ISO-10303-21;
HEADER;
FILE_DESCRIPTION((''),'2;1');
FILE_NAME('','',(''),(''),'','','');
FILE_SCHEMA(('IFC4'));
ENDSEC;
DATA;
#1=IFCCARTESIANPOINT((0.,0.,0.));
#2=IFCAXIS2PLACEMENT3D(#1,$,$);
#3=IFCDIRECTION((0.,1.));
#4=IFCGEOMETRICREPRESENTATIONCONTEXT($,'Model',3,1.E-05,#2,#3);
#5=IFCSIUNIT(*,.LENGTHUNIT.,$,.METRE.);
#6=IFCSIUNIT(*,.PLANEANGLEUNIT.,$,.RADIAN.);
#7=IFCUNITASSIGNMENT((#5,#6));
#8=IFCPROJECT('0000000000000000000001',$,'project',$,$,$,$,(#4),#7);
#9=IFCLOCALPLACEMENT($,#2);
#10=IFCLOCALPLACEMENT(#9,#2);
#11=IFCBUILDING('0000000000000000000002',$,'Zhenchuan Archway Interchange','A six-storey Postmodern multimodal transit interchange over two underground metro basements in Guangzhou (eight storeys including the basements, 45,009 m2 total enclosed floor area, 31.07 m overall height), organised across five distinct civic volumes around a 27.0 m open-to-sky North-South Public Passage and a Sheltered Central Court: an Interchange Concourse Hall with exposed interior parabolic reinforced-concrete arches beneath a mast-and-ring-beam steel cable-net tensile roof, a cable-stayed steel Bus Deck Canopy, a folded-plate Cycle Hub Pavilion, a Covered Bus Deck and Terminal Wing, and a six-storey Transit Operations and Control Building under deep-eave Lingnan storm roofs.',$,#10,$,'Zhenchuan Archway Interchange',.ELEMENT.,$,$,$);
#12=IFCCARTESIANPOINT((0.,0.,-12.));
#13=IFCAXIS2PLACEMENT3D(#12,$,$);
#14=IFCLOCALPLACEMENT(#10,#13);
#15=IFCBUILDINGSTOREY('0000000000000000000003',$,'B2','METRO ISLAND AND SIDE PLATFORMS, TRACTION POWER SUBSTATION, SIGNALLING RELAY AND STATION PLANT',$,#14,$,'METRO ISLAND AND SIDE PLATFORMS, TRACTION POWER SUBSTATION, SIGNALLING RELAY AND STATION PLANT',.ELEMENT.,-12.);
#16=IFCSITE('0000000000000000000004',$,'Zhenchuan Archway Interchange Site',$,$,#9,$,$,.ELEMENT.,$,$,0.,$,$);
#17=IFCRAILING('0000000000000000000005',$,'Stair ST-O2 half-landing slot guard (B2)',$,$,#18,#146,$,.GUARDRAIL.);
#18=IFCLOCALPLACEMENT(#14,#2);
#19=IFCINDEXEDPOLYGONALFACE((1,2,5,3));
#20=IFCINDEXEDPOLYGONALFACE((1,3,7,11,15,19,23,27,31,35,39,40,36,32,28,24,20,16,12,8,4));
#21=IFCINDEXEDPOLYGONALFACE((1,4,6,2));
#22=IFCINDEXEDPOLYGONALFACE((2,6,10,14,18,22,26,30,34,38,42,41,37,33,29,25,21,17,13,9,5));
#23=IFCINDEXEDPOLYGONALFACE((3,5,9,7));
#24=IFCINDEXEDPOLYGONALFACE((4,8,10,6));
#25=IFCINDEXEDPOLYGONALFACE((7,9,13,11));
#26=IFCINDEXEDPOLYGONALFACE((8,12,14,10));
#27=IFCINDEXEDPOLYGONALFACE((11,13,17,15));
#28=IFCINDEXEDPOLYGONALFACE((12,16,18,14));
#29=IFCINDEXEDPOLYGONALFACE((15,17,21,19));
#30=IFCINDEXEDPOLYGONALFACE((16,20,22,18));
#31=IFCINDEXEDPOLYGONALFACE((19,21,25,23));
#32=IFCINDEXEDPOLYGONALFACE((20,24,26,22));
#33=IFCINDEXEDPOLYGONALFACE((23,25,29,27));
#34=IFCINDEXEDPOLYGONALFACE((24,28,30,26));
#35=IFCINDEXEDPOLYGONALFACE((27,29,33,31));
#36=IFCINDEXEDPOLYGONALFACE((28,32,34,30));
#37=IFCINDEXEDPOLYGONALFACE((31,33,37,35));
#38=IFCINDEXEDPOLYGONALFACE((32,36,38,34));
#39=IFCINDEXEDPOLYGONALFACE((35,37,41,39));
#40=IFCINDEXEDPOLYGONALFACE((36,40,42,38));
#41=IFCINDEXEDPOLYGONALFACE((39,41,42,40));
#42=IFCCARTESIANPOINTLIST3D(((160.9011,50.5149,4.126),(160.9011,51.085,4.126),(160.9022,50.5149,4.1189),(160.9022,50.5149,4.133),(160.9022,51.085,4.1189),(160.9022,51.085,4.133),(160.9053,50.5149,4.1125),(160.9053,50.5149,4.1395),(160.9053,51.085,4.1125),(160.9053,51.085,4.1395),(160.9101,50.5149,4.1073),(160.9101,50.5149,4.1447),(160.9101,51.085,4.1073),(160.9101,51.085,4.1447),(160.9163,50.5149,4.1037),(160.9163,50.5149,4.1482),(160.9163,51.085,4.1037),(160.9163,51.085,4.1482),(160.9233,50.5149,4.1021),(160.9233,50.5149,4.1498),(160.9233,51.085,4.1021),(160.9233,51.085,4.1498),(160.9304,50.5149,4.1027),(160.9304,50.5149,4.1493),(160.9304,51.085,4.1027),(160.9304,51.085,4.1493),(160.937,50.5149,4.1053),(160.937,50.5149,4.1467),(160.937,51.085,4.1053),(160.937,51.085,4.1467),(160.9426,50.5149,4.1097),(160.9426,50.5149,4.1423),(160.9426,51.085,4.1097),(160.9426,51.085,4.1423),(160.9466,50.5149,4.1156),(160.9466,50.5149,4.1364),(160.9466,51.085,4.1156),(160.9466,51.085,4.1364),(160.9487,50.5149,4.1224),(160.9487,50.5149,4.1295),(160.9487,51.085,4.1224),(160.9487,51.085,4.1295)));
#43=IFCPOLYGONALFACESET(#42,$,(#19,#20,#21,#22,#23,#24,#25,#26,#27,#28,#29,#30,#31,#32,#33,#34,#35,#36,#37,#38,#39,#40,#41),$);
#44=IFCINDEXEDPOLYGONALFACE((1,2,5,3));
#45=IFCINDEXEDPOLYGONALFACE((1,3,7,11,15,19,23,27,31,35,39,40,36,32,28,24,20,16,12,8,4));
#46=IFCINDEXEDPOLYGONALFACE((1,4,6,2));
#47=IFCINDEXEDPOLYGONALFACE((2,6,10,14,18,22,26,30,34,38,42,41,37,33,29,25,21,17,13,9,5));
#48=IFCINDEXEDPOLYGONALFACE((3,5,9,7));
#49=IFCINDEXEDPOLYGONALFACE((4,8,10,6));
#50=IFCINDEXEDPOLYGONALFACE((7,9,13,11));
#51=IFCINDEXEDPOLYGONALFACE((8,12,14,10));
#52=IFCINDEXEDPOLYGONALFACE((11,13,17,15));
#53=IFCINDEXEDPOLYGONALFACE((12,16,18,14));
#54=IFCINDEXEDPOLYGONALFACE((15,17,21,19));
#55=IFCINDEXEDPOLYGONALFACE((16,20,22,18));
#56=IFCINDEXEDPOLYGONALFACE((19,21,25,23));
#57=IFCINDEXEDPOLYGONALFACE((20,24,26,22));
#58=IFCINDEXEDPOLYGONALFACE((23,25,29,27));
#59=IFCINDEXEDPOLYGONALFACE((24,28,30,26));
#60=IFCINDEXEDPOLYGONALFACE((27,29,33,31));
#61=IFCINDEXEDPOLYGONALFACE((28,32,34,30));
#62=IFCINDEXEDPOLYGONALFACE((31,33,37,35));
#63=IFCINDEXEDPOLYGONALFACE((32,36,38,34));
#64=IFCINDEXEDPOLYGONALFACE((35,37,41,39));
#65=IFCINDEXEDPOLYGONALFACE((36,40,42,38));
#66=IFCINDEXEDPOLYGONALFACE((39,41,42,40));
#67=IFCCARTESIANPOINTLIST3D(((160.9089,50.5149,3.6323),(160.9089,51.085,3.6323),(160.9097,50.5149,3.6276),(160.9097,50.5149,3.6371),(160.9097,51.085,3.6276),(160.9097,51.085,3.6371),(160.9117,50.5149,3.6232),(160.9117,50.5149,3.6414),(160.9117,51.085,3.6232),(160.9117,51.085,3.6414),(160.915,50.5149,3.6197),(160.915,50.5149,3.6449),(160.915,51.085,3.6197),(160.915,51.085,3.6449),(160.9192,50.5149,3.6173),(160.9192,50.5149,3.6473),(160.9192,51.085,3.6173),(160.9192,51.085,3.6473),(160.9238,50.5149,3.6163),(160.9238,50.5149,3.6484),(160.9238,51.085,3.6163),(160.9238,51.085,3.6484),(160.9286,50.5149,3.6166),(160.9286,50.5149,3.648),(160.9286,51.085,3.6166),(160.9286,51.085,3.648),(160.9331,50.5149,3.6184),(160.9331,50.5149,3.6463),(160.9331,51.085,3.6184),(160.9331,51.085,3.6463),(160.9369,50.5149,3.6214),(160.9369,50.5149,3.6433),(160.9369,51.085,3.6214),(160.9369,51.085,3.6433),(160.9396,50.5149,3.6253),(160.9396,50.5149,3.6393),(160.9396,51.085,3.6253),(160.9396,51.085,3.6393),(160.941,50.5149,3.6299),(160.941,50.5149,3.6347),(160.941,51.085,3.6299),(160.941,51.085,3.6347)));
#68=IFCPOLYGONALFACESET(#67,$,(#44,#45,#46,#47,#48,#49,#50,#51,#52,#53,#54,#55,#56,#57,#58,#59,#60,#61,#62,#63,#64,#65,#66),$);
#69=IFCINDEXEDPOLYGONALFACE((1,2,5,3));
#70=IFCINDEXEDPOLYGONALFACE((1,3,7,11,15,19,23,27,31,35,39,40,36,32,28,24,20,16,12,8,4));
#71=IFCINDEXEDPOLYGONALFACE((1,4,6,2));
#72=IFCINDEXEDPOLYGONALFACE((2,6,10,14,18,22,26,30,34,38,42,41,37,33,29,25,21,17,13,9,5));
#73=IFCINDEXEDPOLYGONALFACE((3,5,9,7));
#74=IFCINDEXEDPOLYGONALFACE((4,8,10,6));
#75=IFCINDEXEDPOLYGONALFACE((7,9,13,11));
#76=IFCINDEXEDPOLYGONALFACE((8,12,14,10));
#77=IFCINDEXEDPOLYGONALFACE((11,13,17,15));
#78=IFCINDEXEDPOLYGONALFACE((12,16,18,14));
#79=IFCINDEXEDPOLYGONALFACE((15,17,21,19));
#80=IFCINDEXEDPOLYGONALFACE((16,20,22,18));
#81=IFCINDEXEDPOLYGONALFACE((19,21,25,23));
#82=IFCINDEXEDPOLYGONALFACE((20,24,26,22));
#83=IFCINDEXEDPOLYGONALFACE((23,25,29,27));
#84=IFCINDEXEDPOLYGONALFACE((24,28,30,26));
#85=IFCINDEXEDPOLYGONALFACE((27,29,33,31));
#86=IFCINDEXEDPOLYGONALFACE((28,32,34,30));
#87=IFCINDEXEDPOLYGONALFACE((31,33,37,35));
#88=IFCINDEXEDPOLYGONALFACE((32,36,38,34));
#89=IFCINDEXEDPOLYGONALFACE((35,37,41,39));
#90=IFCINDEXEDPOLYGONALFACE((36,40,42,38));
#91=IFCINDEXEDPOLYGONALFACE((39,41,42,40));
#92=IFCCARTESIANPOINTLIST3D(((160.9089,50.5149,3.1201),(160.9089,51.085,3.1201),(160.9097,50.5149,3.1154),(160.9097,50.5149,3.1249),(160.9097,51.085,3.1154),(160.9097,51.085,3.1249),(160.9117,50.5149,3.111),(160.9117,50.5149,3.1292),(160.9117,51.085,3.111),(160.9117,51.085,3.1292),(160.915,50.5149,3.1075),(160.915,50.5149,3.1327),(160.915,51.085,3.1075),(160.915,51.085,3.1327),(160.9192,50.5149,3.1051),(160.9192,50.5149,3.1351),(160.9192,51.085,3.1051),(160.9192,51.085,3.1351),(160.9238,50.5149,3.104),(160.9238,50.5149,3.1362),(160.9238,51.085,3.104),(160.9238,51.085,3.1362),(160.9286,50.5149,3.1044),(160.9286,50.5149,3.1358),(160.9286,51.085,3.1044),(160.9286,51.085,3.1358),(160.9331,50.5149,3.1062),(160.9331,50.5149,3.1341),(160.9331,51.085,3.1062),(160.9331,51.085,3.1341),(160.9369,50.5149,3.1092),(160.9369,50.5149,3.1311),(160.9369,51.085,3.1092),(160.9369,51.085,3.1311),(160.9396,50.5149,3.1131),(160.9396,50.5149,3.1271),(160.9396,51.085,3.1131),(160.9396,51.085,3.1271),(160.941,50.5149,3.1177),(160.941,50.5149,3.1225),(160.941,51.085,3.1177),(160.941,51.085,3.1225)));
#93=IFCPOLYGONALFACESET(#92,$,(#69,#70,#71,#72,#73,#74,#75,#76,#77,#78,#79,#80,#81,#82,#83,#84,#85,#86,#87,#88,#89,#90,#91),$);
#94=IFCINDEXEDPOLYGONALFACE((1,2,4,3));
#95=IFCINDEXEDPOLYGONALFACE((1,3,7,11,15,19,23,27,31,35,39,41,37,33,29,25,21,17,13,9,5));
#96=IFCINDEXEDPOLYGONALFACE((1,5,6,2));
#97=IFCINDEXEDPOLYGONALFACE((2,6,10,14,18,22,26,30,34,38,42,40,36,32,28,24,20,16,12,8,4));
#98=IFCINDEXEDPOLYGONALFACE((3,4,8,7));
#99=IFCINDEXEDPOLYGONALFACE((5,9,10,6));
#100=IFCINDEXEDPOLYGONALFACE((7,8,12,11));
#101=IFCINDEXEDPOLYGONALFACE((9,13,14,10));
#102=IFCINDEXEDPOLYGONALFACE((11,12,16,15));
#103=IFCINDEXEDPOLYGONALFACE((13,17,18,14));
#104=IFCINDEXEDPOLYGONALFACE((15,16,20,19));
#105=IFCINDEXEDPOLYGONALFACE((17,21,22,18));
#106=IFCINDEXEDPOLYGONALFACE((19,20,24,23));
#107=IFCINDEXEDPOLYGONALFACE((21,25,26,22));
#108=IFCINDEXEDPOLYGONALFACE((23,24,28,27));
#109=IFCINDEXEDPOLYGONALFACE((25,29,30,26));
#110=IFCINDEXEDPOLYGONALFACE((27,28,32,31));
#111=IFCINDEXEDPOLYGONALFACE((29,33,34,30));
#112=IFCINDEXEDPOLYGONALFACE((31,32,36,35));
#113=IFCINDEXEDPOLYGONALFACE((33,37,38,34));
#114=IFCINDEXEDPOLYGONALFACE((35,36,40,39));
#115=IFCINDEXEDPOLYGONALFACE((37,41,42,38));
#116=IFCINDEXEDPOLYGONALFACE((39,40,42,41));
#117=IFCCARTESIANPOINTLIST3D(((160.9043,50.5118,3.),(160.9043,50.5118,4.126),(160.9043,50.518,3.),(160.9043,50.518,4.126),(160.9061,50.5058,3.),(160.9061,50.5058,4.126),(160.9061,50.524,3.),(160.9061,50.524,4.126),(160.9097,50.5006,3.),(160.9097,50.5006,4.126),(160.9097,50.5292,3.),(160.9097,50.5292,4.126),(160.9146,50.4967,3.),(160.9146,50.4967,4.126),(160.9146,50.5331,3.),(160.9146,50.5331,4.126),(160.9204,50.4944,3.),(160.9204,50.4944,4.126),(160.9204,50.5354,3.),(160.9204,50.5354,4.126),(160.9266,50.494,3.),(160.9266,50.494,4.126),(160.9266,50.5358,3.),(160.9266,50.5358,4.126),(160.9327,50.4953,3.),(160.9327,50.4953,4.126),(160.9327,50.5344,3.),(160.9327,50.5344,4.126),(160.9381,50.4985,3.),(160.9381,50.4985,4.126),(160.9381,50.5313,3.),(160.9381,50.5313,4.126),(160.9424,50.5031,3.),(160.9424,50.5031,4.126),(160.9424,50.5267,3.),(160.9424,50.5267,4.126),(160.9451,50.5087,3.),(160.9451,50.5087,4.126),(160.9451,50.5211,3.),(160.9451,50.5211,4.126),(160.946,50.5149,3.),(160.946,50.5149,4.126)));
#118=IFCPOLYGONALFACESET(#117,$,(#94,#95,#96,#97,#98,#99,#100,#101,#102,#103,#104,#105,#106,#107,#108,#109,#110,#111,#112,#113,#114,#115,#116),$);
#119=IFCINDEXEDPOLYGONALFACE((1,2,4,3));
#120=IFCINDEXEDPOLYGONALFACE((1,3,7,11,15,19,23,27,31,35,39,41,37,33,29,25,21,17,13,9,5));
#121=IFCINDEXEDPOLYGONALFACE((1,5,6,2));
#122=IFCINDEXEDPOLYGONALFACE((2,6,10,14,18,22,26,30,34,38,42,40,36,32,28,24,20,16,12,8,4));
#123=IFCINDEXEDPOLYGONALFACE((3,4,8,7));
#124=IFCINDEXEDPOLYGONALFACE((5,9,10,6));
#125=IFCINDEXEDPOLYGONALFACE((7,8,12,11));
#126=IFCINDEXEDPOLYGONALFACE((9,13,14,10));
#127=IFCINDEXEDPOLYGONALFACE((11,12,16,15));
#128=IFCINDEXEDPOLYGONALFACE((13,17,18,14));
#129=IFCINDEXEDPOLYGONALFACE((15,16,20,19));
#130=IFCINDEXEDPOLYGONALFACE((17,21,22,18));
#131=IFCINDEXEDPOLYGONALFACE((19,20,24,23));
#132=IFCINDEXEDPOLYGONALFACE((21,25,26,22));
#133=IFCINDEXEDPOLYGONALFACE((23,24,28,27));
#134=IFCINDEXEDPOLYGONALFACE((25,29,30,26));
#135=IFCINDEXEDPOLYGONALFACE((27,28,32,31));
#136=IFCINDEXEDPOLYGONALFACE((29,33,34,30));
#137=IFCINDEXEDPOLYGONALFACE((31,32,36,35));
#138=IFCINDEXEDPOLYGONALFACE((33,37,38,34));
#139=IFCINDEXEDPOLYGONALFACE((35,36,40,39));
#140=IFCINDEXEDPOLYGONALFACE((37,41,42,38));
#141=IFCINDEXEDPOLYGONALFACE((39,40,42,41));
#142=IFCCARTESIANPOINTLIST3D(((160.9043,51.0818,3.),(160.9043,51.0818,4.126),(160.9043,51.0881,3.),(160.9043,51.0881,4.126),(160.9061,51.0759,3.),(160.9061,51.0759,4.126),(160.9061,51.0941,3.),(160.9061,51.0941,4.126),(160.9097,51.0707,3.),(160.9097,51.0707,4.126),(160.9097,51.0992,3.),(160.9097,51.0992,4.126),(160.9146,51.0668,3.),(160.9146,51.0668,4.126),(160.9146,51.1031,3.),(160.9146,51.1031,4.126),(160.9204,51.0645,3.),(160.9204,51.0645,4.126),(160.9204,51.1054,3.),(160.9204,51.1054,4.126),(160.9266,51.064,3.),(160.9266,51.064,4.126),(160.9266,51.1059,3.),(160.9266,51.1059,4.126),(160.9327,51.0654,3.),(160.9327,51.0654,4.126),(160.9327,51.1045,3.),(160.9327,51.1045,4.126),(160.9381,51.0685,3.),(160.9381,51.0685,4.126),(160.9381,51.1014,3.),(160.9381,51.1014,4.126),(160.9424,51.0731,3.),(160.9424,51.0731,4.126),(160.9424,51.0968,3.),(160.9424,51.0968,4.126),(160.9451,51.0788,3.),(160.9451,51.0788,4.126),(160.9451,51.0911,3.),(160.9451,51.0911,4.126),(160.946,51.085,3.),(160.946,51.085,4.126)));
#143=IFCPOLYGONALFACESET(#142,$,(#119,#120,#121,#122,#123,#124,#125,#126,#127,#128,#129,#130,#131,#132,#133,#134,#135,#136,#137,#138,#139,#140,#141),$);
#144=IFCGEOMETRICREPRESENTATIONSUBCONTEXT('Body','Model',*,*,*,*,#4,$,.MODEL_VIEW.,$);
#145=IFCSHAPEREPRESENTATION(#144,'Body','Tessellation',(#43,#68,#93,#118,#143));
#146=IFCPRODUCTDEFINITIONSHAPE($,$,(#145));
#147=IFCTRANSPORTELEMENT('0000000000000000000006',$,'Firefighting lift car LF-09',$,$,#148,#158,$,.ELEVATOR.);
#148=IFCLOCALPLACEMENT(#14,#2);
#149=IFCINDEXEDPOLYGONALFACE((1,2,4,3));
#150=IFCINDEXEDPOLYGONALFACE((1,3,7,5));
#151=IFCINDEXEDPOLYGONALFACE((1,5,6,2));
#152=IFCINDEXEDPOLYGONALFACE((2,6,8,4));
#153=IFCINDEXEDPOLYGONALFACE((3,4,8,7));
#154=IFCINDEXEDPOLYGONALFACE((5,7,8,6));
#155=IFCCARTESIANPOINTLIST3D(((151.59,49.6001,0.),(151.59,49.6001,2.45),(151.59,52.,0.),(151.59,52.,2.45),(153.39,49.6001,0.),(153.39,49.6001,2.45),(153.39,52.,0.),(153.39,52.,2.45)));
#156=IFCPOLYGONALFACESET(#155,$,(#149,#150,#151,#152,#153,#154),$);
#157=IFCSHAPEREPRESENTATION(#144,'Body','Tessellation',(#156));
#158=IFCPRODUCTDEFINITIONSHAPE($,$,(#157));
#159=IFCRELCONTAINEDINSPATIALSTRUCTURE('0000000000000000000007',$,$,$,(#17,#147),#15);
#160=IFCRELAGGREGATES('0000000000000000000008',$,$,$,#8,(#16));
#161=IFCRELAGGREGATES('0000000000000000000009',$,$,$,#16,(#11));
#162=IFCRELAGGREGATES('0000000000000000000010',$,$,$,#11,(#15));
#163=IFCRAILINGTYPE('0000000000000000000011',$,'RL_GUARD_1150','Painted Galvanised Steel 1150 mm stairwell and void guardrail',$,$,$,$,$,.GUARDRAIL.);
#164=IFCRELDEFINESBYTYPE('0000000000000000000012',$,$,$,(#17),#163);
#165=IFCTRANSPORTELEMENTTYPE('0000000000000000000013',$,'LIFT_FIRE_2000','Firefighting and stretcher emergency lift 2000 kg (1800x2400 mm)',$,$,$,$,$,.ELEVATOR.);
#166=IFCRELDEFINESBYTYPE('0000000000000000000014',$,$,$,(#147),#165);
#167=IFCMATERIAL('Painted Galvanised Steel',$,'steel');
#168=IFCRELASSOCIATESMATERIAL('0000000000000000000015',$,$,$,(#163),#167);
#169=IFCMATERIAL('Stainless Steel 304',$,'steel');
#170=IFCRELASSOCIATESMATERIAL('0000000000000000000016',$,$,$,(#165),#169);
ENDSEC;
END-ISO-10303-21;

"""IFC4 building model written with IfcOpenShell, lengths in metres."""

from ifc_helpers import new_model, si_unit, direction, frame, origin, origin_2d, place, context, subcontext, project, spatial, rectangle, circle, extrude, material, type_object, element, save


model = new_model("IFC4")

# Units and contexts
model_context = context("Model", 3, precision=1e-05, world=origin(), true_north=direction((0.0, 1.0)))
body_context = subcontext(model_context, "Body", "Model", "MODEL_VIEW")
ifc_project = project(units=[si_unit("LENGTHUNIT", "METRE"), si_unit("PLANEANGLEUNIT", "RADIAN")], contexts=[model_context])

# Site, building, storey
site_placement = place(None, origin())
site = spatial("IfcSite", under=ifc_project, at=site_placement, Name="Zhenchuan Archway Interchange Site", CompositionType="ELEMENT", RefElevation=0.0)
building_placement = place(site_placement, origin())
building = spatial("IfcBuilding", under=site, at=building_placement, Name="Zhenchuan Archway Interchange", Description="A six-storey Postmodern multimodal transit interchange over two underground metro basements in Guangzhou (eight storeys including the basements, 45,009 m2 total enclosed floor area, 31.07 m overall height), organised across five distinct civic volumes around a 27.0 m open-to-sky North-South Public Passage and a Sheltered Central Court: an Interchange Concourse Hall with exposed interior parabolic reinforced-concrete arches beneath a mast-and-ring-beam steel cable-net tensile roof, a cable-stayed steel Bus Deck Canopy, a folded-plate Cycle Hub Pavilion, a Covered Bus Deck and Terminal Wing, and a six-storey Transit Operations and Control Building under deep-eave Lingnan storm roofs.", LongName="Zhenchuan Archway Interchange", CompositionType="ELEMENT")
storey_placement = place(building_placement, frame((0.0, 0.0, -12.0)))
storey = spatial("IfcBuildingStorey", under=building, at=storey_placement, Name="B2", Description="METRO ISLAND AND SIDE PLATFORMS, TRACTION POWER SUBSTATION, SIGNALLING RELAY AND STATION PLANT", LongName="METRO ISLAND AND SIDE PLATFORMS, TRACTION POWER SUBSTATION, SIGNALLING RELAY AND STATION PLANT", CompositionType="ELEMENT", Elevation=-12.0)

# Shared definitions
ifc_material_1 = material(Name="Stainless Steel 304", Category="steel")

# Railing
ifc_material_2 = material(Name="Painted Galvanised Steel", Category="steel")
railing_type_1 = type_object("IfcRailingType", Name="RL_GUARD_1150", Description="Painted Galvanised Steel 1150 mm stairwell and void guardrail", PredefinedType="GUARDRAIL", material=ifc_material_2)
railing_placement = place(storey_placement, frame((160.925, 50.5149, 3.0)))
element("IfcRailing", 1, at=railing_placement, inside=storey, type_object=railing_type_1, Name="Stair ST-O2 half-landing slot guard (B2)", PredefinedType="GUARDRAIL", context=body_context, shape_type="SweptSolid", body=[
    extrude(circle(Radius=0.0239, at=origin_2d()), frame((0.0, 0.0, 1.126), z_axis=(0.0, 1.0, 0.0), x_axis=(-1.0, 0.0, 0.0)), (0.0, 0.0, 1.0), 0.5701),
    extrude(circle(Radius=0.0161, at=origin_2d()), frame((0.0, 0.0, 0.6323), z_axis=(0.0, 1.0, 0.0), x_axis=(-1.0, 0.0, 0.0)), (0.0, 0.0, 1.0), 0.5701),
    extrude(circle(Radius=0.0161, at=origin_2d()), frame((0.0, 0.0, 0.1201), z_axis=(0.0, 1.0, 0.0), x_axis=(-1.0, 0.0, 0.0)), (0.0, 0.0, 1.0), 0.5701),
    extrude(circle(Radius=0.021, at=origin_2d()), origin(), (0.0, 0.0, 1.0), 1.126),
    extrude(circle(Radius=0.021, at=origin_2d()), frame((0.0, 0.5701, 0.0)), (0.0, 0.0, 1.0), 1.126),
])

# Transport element
transport_element_type = type_object("IfcTransportElementType", Name="LIFT_FIRE_2000", Description="Firefighting and stretcher emergency lift 2000 kg (1800x2400 mm)", PredefinedType="ELEVATOR", material=ifc_material_1)
transport_element_placement = place(storey_placement, frame((152.49, 50.8, 0.0), z_axis=(0.0, 0.0, 1.0), x_axis=(1.0, 0.0, 0.0)))
element("IfcTransportElement", 2, at=transport_element_placement, inside=storey, type_object=transport_element_type, Name="Firefighting lift car LF-09", PredefinedType="ELEVATOR", context=body_context, shape_type="SweptSolid", body=[
    extrude(rectangle(XDim=1.8, YDim=2.3999, at=origin_2d()), origin(), (0.0, 0.0, 1.0), 2.45),
])

save(model, "model.ifc")
